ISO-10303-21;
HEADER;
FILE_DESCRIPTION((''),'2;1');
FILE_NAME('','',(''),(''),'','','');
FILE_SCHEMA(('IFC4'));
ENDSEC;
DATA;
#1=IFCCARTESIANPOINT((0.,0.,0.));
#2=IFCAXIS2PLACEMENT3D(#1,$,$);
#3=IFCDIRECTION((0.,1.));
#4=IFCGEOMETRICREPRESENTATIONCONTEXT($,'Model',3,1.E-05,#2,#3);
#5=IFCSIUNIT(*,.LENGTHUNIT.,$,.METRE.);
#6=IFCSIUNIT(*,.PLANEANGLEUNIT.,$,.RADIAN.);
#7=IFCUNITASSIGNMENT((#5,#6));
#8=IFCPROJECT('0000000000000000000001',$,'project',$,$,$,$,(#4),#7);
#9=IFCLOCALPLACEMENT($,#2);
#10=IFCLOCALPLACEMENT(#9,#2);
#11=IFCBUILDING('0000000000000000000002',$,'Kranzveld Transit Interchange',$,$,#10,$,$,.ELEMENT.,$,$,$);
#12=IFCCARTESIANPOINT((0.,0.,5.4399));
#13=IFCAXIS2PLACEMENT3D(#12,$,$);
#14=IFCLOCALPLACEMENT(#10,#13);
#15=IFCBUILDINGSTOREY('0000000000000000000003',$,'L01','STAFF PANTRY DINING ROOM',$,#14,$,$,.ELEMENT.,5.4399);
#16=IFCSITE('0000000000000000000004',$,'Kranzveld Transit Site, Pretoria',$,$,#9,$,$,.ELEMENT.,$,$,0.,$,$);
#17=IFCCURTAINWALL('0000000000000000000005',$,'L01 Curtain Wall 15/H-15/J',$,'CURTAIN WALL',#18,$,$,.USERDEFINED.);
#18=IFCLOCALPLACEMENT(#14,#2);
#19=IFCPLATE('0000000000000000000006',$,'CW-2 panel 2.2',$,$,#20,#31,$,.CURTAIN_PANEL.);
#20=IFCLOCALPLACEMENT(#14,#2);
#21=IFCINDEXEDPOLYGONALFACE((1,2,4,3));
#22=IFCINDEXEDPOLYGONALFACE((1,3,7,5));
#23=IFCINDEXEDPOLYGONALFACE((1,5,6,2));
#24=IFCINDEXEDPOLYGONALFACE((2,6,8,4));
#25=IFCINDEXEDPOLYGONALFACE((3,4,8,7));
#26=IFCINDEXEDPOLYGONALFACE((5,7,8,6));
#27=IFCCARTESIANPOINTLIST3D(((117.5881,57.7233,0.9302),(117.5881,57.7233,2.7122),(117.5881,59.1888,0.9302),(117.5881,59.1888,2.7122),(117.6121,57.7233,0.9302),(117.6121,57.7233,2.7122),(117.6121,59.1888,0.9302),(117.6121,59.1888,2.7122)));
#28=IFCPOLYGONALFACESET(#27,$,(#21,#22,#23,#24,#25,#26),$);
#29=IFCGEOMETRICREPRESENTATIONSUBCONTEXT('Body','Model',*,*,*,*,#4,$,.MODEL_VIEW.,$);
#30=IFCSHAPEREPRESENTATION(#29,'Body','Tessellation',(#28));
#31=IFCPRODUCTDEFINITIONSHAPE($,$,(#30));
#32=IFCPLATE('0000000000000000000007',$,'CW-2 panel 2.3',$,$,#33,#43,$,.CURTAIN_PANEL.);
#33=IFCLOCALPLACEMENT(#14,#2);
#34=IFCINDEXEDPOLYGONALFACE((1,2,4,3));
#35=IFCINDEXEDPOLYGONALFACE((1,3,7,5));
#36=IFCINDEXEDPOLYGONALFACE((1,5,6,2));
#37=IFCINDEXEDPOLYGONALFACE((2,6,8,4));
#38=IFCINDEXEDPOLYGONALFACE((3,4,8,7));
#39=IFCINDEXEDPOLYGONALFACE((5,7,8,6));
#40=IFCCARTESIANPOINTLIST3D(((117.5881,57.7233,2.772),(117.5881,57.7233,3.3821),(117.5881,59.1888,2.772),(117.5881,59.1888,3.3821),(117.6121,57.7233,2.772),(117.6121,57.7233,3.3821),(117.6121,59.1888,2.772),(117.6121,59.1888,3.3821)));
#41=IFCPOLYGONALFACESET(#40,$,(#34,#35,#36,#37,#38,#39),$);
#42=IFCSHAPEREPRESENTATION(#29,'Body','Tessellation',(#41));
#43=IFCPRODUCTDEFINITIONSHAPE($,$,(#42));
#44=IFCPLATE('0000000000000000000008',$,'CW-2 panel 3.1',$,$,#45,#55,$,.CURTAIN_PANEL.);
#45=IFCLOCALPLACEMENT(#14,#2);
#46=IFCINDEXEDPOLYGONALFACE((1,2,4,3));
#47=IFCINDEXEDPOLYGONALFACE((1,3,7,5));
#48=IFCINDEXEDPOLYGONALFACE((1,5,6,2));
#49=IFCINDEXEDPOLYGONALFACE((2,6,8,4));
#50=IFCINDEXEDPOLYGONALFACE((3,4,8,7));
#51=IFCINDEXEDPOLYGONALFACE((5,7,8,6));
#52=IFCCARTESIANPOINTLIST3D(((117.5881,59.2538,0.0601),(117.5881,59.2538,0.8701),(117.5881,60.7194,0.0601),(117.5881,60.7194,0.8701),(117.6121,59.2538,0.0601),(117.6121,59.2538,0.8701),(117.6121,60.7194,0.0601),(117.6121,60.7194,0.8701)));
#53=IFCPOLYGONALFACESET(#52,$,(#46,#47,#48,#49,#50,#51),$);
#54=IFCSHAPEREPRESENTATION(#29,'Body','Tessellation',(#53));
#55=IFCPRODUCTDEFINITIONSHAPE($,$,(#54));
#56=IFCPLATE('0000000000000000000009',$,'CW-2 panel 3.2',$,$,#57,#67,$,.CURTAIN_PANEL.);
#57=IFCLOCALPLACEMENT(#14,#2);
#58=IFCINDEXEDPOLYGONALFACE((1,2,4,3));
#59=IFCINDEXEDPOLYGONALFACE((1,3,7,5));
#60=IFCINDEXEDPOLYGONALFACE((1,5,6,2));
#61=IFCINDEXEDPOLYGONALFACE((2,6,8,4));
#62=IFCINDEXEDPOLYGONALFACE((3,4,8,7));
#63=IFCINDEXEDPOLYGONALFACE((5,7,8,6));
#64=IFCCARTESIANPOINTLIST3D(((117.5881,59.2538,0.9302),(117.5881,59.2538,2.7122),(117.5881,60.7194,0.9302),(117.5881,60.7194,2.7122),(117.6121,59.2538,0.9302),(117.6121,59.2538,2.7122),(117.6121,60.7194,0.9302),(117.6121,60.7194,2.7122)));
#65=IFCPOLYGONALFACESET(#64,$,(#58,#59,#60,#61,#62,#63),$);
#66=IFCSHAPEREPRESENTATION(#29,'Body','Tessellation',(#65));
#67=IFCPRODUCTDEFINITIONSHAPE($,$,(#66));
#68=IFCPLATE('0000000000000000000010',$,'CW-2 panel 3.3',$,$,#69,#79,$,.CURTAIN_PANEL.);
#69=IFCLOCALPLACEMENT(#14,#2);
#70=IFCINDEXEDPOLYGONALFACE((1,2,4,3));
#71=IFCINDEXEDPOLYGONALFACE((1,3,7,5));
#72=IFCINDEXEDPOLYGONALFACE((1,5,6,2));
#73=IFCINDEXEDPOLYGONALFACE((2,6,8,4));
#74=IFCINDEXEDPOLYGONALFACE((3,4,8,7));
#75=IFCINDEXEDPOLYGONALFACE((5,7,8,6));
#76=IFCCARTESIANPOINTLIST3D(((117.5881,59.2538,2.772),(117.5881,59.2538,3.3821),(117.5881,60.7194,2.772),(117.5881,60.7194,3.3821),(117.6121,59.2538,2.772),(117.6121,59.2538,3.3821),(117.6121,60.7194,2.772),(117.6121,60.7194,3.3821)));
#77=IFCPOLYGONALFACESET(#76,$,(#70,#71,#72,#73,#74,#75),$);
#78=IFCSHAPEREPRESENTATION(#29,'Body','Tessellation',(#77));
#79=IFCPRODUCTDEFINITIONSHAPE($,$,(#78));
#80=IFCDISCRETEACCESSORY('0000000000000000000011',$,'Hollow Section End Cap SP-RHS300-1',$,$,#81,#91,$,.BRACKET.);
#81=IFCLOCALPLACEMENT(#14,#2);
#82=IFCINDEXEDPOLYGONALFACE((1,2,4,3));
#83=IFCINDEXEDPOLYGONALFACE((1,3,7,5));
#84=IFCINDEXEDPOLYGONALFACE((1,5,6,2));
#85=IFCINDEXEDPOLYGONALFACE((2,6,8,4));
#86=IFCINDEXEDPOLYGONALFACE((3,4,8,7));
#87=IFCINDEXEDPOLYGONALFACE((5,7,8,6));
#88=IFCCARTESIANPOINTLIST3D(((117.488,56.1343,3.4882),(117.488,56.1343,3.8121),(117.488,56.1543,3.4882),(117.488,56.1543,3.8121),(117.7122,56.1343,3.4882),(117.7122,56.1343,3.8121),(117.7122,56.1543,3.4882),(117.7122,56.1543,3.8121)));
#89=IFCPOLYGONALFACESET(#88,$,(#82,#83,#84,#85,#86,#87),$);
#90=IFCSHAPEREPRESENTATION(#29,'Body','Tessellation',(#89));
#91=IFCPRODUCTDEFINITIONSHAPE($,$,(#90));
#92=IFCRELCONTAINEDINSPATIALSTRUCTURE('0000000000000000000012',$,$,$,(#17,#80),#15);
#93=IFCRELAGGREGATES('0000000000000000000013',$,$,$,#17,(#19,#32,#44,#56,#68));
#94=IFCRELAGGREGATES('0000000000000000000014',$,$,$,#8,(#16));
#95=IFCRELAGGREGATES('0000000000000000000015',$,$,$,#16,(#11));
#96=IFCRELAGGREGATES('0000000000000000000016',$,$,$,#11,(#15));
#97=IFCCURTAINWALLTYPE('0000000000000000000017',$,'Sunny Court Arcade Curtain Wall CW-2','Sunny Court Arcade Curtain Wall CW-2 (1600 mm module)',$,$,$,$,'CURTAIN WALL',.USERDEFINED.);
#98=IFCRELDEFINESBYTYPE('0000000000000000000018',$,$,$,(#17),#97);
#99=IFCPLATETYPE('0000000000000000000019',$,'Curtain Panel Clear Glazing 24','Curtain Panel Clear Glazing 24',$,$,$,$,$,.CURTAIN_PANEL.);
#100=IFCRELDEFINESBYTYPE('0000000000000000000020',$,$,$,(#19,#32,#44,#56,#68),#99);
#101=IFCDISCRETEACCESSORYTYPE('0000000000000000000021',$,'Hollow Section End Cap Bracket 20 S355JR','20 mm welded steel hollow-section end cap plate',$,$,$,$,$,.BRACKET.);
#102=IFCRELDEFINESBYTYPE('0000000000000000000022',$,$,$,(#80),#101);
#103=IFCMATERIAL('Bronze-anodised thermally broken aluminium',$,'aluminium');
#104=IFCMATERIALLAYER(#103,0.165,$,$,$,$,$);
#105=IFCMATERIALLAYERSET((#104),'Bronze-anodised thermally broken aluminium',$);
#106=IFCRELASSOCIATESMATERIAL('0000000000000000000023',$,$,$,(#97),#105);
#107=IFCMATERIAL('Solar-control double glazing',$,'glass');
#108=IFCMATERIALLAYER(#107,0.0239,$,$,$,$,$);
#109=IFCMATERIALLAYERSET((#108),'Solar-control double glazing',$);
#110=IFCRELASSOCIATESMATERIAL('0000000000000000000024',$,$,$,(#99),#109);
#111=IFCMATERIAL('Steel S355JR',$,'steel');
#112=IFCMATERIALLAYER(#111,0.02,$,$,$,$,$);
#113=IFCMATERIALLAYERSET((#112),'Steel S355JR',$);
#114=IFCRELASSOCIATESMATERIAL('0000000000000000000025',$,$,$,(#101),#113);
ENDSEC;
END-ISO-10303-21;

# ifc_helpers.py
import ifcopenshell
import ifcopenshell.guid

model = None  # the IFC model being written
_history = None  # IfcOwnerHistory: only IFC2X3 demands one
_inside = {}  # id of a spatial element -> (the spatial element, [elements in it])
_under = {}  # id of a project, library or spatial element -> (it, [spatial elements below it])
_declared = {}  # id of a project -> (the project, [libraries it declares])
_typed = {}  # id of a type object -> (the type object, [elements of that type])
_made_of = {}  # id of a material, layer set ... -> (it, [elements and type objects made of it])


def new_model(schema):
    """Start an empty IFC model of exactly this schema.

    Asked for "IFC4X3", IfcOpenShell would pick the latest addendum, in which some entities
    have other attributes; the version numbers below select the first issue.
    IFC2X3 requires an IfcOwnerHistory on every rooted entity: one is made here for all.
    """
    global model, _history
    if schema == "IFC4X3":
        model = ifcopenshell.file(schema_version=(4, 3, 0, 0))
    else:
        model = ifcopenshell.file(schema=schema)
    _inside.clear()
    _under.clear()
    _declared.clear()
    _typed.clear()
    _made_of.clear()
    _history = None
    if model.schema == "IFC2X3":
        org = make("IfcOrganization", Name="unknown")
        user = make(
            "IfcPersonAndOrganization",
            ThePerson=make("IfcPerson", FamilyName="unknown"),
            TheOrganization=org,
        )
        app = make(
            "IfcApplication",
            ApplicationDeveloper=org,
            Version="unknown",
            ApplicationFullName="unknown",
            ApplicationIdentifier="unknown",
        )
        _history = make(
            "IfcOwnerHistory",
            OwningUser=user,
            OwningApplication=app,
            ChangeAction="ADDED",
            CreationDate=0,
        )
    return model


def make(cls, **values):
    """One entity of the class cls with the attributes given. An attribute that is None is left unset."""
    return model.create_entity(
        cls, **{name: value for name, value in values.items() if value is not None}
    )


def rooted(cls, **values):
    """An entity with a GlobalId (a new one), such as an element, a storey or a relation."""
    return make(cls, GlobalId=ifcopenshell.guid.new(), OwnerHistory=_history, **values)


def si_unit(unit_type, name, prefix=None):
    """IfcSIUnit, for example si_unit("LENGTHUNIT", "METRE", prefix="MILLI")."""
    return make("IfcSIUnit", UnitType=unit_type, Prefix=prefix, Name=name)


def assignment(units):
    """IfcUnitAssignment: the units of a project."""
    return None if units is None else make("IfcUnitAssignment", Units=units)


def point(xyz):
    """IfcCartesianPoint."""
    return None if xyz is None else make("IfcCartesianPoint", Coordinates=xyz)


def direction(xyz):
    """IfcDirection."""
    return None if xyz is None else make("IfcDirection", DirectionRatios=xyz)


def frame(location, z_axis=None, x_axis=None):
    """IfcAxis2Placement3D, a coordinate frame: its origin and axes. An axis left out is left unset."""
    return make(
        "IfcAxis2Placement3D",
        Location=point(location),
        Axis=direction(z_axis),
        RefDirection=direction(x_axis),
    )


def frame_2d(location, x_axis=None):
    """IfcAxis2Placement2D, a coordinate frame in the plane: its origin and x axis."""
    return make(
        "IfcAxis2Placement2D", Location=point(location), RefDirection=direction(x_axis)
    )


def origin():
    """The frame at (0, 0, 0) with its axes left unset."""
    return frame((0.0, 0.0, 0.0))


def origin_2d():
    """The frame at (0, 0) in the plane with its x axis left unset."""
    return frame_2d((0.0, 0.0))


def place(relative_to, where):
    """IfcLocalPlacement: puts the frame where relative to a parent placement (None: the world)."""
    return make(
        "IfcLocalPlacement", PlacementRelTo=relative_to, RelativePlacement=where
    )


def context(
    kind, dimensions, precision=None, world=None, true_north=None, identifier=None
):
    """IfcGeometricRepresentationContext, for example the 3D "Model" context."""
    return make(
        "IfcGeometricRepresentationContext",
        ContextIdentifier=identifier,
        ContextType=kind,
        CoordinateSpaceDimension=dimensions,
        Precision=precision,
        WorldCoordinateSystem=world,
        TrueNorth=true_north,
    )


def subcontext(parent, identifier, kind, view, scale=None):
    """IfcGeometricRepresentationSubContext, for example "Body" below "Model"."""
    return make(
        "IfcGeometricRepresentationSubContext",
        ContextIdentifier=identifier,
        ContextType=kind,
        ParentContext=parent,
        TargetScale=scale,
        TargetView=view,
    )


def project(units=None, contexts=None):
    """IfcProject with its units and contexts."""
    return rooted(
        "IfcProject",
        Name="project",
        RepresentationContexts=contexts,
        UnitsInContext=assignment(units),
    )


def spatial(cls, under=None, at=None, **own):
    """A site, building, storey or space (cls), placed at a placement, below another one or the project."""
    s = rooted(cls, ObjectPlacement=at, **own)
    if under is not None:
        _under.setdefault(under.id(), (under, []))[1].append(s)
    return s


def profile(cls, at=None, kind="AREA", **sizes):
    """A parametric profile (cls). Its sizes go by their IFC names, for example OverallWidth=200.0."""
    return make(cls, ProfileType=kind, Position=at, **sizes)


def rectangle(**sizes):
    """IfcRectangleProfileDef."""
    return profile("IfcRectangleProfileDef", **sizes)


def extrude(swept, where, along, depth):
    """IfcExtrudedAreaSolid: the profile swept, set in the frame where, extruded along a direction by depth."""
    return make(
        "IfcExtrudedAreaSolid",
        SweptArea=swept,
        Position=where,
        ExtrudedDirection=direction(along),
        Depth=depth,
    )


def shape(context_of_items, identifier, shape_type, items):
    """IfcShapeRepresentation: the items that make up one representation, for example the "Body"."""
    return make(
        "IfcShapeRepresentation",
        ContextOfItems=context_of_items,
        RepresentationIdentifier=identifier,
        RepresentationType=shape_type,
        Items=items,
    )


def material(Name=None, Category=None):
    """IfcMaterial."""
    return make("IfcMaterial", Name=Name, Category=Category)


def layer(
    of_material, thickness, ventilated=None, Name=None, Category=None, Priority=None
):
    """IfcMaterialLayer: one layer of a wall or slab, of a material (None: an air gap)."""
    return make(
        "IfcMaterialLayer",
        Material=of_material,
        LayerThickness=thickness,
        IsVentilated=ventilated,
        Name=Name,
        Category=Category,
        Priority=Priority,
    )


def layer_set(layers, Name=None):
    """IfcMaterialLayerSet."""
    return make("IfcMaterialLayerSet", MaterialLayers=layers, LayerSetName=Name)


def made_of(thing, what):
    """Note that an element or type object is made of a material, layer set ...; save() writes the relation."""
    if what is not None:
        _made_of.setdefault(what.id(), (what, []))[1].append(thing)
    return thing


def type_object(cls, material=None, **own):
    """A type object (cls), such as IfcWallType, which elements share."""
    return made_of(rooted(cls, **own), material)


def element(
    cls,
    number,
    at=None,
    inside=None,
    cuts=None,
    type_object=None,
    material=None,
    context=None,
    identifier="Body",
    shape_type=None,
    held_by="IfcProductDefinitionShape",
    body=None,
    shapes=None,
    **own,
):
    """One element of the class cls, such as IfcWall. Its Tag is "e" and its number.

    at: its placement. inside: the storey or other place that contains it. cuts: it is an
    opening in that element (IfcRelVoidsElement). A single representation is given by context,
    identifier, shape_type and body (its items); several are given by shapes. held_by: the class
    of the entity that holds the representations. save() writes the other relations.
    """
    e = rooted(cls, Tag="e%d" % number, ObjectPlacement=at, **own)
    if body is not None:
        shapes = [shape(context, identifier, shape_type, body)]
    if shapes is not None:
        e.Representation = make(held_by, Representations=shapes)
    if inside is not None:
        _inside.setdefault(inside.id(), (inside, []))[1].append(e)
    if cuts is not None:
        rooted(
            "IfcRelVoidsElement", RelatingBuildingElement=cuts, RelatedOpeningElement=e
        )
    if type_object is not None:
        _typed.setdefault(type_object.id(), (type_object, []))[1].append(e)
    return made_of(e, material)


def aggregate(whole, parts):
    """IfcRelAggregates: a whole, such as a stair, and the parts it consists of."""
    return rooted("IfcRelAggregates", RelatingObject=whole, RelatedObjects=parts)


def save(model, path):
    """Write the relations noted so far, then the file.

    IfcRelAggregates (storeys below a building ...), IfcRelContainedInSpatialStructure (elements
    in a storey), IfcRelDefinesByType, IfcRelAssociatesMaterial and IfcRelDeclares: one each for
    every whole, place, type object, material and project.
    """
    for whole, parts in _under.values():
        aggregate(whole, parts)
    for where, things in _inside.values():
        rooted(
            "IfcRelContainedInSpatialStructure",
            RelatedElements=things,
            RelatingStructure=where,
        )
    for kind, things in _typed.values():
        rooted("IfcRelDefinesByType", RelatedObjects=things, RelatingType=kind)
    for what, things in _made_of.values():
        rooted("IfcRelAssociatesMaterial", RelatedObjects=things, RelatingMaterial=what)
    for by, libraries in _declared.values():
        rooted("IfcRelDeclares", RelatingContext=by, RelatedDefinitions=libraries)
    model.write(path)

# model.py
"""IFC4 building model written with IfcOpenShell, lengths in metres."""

from ifc_helpers import new_model, si_unit, direction, frame, origin, origin_2d, place, context, subcontext, project, spatial, rectangle, extrude, material, layer, layer_set, type_object, element, aggregate, save


model = new_model("IFC4")

# Units and contexts
model_context = context("Model", 3, precision=1e-05, world=origin(), true_north=direction((0.0, 1.0)))
body_context = subcontext(model_context, "Body", "Model", "MODEL_VIEW")
ifc_project = project(units=[si_unit("LENGTHUNIT", "METRE"), si_unit("PLANEANGLEUNIT", "RADIAN")], contexts=[model_context])

# Site, building, storey
site_placement = place(None, origin())
site = spatial("IfcSite", under=ifc_project, at=site_placement, Name="Kranzveld Transit Site, Pretoria", CompositionType="ELEMENT", RefElevation=0.0)
building_placement = place(site_placement, origin())
building = spatial("IfcBuilding", under=site, at=building_placement, Name="Kranzveld Transit Interchange", CompositionType="ELEMENT")
storey_placement = place(building_placement, frame((0.0, 0.0, 5.4399)))
storey = spatial("IfcBuildingStorey", under=building, at=storey_placement, Name="L01", Description="STAFF PANTRY DINING ROOM", CompositionType="ELEMENT", Elevation=5.4399)

# Curtain wall
ifc_material_1 = material(Name="Bronze-anodised thermally broken aluminium", Category="aluminium")
ifc_layer_1 = layer(ifc_material_1, 0.165)
ifc_layer_set_1 = layer_set([ifc_layer_1], Name="Bronze-anodised thermally broken aluminium")
curtain_wall_type = type_object("IfcCurtainWallType", Name="Sunny Court Arcade Curtain Wall CW-2", Description="Sunny Court Arcade Curtain Wall CW-2 (1600 mm module)", ElementType="CURTAIN WALL", PredefinedType="USERDEFINED", material=ifc_layer_set_1)
curtain_wall_placement = place(storey_placement, origin())
curtain_wall = element("IfcCurtainWall", 1, at=curtain_wall_placement, inside=storey, type_object=curtain_wall_type, Name="L01 Curtain Wall 15/H-15/J", ObjectType="CURTAIN WALL", PredefinedType="USERDEFINED")

# Plates
ifc_material_2 = material(Name="Solar-control double glazing", Category="glass")
ifc_layer_2 = layer(ifc_material_2, 0.0239)
ifc_layer_set_2 = layer_set([ifc_layer_2], Name="Solar-control double glazing")
plate_type = type_object("IfcPlateType", Name="Curtain Panel Clear Glazing 24", Description="Curtain Panel Clear Glazing 24", PredefinedType="CURTAIN_PANEL", material=ifc_layer_set_2)
plate_1_placement = place(storey_placement, frame((117.6001, 58.4561, 0.9302), z_axis=(0.0, 0.0, 1.0), x_axis=(0.0, 1.0, 0.0)))
plate_1 = element("IfcPlate", 2, at=plate_1_placement, type_object=plate_type, Name="CW-2 panel 2.2", PredefinedType="CURTAIN_PANEL", context=body_context, shape_type="SweptSolid", body=[
    extrude(rectangle(XDim=1.4656, YDim=0.0239, at=origin_2d()), origin(), (0.0, 0.0, 1.0), 1.782),
])
plate_2_placement = place(storey_placement, frame((117.6001, 58.4561, 2.772), z_axis=(0.0, 0.0, 1.0), x_axis=(0.0, 1.0, 0.0)))
plate_2 = element("IfcPlate", 3, at=plate_2_placement, type_object=plate_type, Name="CW-2 panel 2.3", PredefinedType="CURTAIN_PANEL", context=body_context, shape_type="SweptSolid", body=[
    extrude(rectangle(XDim=1.4656, YDim=0.0239, at=origin_2d()), origin(), (0.0, 0.0, 1.0), 0.6101),
])
plate_3_placement = place(storey_placement, frame((117.6001, 59.9866, 0.0601), z_axis=(0.0, 0.0, 1.0), x_axis=(0.0, 1.0, 0.0)))
plate_3 = element("IfcPlate", 4, at=plate_3_placement, type_object=plate_type, Name="CW-2 panel 3.1", PredefinedType="CURTAIN_PANEL", context=body_context, shape_type="SweptSolid", body=[
    extrude(rectangle(XDim=1.4656, YDim=0.0239, at=origin_2d()), origin(), (0.0, 0.0, 1.0), 0.8101),
])
plate_4_placement = place(storey_placement, frame((117.6001, 59.9866, 0.9302), z_axis=(0.0, 0.0, 1.0), x_axis=(0.0, 1.0, 0.0)))
plate_4 = element("IfcPlate", 5, at=plate_4_placement, type_object=plate_type, Name="CW-2 panel 3.2", PredefinedType="CURTAIN_PANEL", context=body_context, shape_type="SweptSolid", body=[
    extrude(rectangle(XDim=1.4656, YDim=0.0239, at=origin_2d()), origin(), (0.0, 0.0, 1.0), 1.782),
])
plate_5_placement = place(storey_placement, frame((117.6001, 59.9866, 2.772), z_axis=(0.0, 0.0, 1.0), x_axis=(0.0, 1.0, 0.0)))
plate_5 = element("IfcPlate", 6, at=plate_5_placement, type_object=plate_type, Name="CW-2 panel 3.3", PredefinedType="CURTAIN_PANEL", context=body_context, shape_type="SweptSolid", body=[
    extrude(rectangle(XDim=1.4656, YDim=0.0239, at=origin_2d()), origin(), (0.0, 0.0, 1.0), 0.6101),
])
aggregate(curtain_wall, [plate_1, plate_2, plate_3, plate_4, plate_5])

# Discrete accessory
ifc_material_3 = material(Name="Steel S355JR", Category="steel")
ifc_layer_3 = layer(ifc_material_3, 0.02)
ifc_layer_set_3 = layer_set([ifc_layer_3], Name="Steel S355JR")
discrete_accessory_type = type_object("IfcDiscreteAccessoryType", Name="Hollow Section End Cap Bracket 20 S355JR", Description="20 mm welded steel hollow-section end cap plate", PredefinedType="BRACKET", material=ifc_layer_set_3)
discrete_accessory_placement = place(storey_placement, frame((117.6001, 56.1543, 3.6501), z_axis=(0.0, -1.0, 0.0), x_axis=(1.0, 0.0, 0.0)))
element("IfcDiscreteAccessory", 7, at=discrete_accessory_placement, inside=storey, type_object=discrete_accessory_type, Name="Hollow Section End Cap SP-RHS300-1", PredefinedType="BRACKET", context=body_context, shape_type="SweptSolid", body=[
    extrude(rectangle(XDim=0.2241, YDim=0.324, at=origin_2d()), origin(), (0.0, 0.0, 1.0), 0.02),
])

save(model, "model.ifc")
